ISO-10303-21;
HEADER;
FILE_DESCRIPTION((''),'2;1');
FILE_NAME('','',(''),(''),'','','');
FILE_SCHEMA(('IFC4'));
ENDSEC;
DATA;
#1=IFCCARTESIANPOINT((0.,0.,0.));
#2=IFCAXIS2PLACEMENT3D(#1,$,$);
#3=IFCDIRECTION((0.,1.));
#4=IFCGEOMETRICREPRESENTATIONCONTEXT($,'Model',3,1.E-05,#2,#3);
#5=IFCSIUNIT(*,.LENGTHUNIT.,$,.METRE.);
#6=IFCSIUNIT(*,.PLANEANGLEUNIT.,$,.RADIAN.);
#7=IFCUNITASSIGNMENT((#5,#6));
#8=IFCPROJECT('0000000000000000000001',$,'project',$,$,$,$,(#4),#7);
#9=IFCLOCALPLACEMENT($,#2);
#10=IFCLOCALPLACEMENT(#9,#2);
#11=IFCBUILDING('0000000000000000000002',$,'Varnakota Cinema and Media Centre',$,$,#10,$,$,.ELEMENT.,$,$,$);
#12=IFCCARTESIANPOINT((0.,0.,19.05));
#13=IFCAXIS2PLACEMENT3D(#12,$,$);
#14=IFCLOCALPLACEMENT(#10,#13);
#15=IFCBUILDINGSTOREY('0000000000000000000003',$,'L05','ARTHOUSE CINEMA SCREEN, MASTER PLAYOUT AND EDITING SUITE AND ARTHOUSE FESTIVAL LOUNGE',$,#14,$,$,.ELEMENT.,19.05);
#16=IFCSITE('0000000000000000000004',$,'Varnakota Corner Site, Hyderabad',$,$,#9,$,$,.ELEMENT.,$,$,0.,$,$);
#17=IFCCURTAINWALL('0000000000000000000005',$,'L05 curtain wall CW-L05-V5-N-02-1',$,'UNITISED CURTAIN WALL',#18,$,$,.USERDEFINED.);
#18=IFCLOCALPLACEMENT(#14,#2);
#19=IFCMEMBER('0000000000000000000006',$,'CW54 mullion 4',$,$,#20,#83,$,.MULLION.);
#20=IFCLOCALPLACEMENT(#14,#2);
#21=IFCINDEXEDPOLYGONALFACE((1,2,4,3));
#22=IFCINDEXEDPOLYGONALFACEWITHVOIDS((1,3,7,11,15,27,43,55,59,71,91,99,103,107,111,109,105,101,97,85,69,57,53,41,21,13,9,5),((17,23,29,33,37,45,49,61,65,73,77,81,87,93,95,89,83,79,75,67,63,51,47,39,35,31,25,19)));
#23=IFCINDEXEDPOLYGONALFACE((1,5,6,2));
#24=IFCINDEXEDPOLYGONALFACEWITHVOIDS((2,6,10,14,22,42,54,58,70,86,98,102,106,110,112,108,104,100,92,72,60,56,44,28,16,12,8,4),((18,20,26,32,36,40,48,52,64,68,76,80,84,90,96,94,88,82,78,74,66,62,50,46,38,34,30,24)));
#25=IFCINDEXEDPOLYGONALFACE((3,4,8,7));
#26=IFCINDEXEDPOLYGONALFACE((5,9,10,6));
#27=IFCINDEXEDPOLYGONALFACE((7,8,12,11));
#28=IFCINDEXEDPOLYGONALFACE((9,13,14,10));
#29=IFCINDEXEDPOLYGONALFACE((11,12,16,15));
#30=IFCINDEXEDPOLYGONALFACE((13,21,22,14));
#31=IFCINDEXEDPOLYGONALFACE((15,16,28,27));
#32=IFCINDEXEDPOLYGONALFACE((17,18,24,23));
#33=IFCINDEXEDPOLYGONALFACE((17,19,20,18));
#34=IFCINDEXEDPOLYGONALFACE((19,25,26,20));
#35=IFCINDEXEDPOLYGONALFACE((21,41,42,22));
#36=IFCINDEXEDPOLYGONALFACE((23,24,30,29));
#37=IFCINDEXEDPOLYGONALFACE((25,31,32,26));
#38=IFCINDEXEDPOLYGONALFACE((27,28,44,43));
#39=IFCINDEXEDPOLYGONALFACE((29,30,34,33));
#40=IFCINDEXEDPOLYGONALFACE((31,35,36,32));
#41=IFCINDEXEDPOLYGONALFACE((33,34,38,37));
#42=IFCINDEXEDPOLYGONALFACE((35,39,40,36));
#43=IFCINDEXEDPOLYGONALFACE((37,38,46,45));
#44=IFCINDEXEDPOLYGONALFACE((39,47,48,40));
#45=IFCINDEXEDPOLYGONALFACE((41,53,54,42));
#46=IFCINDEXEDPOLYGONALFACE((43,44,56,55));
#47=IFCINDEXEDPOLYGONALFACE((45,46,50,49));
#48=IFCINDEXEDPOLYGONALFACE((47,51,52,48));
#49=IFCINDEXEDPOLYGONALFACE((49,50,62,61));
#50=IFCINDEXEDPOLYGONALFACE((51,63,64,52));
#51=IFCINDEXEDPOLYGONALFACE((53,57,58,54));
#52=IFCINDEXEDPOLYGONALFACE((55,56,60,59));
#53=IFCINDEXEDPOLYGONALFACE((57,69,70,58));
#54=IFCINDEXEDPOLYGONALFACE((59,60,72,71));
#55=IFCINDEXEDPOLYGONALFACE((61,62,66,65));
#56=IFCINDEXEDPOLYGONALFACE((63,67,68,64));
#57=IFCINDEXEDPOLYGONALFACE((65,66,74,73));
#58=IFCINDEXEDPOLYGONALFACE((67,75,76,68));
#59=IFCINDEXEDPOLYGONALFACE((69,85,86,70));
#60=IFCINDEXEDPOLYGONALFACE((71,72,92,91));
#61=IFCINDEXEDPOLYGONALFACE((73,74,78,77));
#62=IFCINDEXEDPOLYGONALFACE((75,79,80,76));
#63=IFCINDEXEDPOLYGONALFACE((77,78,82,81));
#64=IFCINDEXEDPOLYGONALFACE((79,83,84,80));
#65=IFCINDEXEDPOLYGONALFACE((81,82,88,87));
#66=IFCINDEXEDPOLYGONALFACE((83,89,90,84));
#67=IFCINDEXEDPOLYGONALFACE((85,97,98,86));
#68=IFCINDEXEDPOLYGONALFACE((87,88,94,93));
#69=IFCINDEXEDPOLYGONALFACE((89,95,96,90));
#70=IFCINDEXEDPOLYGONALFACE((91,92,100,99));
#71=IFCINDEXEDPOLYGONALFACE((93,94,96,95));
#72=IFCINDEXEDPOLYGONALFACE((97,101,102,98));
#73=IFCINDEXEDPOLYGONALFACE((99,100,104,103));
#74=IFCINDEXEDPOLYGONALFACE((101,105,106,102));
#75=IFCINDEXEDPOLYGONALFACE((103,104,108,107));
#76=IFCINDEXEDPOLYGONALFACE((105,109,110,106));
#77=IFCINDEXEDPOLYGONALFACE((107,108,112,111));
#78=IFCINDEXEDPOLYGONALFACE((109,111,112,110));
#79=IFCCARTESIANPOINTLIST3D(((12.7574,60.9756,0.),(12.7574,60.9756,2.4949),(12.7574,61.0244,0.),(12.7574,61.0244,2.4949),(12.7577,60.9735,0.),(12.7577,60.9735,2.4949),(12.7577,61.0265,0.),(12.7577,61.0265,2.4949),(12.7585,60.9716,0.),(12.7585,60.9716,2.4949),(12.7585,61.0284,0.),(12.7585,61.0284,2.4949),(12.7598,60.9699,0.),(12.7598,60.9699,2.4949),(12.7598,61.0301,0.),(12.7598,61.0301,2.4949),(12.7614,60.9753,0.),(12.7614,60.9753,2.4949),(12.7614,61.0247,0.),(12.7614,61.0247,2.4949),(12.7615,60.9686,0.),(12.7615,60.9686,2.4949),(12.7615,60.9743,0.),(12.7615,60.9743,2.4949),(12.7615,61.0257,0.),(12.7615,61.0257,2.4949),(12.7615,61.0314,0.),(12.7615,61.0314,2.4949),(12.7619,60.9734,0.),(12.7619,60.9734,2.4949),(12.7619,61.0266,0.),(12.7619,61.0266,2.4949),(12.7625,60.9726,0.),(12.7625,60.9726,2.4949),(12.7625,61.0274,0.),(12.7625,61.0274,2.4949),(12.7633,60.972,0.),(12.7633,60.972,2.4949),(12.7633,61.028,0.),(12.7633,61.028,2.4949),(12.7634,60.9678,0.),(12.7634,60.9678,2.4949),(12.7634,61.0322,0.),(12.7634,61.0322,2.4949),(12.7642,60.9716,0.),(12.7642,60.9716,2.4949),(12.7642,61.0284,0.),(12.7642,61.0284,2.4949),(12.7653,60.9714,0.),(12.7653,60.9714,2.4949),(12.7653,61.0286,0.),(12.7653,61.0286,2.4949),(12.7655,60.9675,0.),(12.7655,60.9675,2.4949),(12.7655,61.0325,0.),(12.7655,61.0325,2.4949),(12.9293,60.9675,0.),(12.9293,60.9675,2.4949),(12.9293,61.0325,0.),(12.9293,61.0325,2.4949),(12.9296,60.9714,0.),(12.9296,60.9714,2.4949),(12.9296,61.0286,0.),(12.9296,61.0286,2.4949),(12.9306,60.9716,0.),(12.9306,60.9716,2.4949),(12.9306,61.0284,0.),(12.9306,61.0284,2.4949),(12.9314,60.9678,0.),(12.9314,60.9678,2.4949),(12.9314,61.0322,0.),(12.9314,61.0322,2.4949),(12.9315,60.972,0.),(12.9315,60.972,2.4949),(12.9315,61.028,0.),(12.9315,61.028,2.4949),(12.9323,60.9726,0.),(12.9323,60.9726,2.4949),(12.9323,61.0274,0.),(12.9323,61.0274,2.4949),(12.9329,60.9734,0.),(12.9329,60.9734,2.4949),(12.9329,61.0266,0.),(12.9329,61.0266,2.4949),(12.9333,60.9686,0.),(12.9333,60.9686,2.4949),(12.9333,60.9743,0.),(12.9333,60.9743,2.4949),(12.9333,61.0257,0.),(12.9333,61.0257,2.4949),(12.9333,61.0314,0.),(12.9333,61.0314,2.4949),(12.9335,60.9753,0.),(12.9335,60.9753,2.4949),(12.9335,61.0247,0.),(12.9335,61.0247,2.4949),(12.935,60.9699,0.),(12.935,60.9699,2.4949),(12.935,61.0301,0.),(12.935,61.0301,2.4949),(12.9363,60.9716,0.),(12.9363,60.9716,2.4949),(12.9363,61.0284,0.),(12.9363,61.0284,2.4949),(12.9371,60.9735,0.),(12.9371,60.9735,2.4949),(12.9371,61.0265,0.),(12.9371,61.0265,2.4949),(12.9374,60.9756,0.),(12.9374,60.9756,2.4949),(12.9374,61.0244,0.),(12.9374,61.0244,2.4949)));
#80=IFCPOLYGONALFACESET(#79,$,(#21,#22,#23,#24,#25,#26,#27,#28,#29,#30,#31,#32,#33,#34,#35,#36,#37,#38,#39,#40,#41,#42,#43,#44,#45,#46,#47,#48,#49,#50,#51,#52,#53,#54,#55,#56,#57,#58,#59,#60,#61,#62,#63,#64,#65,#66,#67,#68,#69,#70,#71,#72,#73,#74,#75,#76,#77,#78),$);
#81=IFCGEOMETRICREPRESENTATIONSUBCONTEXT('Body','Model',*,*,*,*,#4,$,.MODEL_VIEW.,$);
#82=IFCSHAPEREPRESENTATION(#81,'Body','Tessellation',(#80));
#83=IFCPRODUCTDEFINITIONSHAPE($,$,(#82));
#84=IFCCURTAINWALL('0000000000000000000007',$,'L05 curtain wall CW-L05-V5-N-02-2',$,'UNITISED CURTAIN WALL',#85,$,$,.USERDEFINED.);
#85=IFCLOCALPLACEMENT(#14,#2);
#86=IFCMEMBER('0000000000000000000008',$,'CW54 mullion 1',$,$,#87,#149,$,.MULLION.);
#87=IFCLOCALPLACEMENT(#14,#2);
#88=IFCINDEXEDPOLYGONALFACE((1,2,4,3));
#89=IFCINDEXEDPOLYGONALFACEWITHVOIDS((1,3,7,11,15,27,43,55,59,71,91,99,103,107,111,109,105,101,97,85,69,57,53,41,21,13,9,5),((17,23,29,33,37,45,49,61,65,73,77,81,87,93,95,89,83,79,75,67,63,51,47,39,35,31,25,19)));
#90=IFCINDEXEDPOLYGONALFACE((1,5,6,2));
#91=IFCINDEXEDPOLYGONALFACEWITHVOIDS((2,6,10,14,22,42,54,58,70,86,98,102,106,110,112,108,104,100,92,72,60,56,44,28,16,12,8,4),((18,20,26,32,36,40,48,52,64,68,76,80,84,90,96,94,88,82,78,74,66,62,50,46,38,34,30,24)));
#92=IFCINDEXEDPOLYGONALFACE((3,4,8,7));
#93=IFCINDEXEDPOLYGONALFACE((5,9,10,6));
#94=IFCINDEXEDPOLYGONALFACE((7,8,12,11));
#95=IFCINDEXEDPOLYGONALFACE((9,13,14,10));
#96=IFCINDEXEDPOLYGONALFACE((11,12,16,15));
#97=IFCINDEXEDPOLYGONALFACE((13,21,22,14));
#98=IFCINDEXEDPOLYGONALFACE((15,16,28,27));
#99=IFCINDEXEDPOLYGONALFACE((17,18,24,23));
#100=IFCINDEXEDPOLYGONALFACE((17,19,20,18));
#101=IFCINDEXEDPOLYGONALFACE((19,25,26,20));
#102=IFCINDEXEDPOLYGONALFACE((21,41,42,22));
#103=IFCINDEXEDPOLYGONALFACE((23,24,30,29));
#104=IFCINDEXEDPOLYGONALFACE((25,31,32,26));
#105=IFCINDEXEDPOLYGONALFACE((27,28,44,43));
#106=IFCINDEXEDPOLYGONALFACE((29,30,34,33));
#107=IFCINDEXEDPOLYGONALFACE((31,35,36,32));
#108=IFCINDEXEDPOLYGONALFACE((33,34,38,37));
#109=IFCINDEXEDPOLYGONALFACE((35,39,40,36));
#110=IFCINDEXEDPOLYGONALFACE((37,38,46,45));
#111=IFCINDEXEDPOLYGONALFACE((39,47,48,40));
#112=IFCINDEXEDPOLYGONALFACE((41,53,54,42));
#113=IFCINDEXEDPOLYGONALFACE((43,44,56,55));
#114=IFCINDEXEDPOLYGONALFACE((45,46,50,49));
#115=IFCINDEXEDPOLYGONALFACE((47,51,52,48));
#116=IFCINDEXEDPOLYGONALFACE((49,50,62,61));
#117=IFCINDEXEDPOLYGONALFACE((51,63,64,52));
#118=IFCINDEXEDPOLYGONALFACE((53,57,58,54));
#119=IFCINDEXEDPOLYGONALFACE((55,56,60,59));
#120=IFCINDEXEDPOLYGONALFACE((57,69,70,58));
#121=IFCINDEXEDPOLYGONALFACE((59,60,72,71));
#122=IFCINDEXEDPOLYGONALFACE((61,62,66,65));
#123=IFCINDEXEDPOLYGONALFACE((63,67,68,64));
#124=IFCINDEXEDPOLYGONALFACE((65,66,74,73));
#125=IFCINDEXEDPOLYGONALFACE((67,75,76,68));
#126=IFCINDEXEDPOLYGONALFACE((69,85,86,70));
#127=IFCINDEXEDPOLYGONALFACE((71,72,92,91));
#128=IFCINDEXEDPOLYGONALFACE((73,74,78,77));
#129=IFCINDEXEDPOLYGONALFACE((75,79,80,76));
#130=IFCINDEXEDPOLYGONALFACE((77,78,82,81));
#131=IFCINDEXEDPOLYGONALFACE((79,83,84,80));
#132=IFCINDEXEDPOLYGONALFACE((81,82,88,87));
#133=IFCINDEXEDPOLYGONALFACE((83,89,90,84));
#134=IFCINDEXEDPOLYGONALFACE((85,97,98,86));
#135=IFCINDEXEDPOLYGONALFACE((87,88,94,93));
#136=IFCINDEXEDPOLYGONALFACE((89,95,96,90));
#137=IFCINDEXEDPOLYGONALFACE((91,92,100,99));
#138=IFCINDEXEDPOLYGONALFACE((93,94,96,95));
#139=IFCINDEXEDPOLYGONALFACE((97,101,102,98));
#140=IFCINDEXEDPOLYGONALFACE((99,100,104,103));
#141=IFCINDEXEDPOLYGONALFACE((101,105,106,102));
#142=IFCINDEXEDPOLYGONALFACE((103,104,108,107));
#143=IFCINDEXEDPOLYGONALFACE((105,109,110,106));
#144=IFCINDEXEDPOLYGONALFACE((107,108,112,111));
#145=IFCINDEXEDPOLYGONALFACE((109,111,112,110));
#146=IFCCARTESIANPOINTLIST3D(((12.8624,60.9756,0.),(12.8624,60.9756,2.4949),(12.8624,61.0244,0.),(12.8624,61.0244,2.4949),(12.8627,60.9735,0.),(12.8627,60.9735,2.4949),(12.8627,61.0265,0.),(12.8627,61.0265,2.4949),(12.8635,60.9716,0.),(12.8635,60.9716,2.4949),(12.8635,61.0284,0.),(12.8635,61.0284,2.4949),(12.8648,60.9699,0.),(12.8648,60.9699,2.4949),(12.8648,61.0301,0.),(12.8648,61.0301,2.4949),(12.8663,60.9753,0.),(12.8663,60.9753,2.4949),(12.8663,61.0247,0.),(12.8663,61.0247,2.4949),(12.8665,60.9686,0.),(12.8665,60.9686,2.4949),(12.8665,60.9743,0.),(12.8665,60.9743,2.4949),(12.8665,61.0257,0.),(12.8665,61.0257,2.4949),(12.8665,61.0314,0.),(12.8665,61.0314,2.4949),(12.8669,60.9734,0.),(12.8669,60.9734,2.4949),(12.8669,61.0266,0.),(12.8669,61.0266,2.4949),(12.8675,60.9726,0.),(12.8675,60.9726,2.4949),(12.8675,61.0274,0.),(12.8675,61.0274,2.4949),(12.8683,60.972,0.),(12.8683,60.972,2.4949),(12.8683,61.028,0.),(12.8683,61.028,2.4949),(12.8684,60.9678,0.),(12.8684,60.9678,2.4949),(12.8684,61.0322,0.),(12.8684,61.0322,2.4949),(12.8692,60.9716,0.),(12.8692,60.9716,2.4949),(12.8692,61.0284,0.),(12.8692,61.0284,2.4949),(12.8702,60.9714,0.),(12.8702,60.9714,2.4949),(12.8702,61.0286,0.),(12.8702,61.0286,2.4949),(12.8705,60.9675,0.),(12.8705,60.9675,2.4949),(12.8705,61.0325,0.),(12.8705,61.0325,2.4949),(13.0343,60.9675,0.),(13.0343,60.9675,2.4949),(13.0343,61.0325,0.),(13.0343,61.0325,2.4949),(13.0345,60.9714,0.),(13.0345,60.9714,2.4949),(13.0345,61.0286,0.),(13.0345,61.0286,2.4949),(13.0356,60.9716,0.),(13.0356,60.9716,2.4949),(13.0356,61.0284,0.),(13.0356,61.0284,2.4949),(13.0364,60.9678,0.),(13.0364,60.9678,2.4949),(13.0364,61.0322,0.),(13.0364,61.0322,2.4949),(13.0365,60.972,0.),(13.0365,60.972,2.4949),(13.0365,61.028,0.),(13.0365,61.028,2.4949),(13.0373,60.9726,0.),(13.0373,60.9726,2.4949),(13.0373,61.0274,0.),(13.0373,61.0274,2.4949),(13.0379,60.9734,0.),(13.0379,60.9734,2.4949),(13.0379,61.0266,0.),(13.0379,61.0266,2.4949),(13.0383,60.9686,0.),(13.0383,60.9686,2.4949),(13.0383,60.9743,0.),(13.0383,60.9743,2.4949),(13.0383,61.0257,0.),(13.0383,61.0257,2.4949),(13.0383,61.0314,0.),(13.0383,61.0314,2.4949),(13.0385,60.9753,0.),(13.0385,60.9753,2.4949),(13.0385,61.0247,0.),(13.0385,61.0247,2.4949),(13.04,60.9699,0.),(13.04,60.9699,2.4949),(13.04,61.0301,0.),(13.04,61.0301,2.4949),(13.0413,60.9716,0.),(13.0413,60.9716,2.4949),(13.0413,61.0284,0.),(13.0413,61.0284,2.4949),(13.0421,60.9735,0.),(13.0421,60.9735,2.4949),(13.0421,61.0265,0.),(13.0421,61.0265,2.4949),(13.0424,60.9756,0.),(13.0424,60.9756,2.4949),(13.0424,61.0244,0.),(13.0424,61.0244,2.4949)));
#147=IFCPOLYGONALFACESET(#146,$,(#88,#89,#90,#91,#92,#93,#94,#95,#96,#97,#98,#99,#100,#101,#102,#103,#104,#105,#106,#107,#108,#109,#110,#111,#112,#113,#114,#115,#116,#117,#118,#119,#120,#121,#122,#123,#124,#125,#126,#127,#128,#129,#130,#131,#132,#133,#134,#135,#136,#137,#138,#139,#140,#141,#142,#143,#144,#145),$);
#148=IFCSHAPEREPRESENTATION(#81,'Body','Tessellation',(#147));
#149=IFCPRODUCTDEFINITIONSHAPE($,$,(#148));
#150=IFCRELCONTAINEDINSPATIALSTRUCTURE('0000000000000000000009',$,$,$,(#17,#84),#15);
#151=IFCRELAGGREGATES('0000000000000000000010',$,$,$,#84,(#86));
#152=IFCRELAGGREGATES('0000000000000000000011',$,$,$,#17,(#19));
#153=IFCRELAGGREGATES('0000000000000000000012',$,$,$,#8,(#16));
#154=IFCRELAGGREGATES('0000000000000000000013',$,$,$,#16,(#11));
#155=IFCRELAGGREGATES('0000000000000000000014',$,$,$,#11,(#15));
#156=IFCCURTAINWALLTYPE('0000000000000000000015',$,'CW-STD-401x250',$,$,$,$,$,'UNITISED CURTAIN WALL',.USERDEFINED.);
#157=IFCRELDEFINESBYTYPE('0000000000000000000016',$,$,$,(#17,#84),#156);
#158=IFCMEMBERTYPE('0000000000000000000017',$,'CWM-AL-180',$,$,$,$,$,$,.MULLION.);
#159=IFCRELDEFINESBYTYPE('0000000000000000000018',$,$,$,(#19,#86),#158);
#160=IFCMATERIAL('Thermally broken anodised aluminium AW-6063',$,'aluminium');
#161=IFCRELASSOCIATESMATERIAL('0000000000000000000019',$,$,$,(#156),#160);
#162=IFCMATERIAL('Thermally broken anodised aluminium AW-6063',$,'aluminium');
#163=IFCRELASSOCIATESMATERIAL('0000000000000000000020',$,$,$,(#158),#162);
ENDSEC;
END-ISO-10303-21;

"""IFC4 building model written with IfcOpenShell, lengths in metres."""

from ifc_helpers import new_model, si_unit, direction, frame, origin, origin_2d, place, context, subcontext, project, spatial, hollow_rectangle, extrude, material, material_profile, profile_set, type_object, element, aggregate, save


model = new_model("IFC4")

# Units and contexts
model_context = context("Model", 3, precision=1e-05, world=origin(), true_north=direction((0.0, 1.0)))
body_context = subcontext(model_context, "Body", "Model", "MODEL_VIEW")
ifc_project = project(units=[si_unit("LENGTHUNIT", "METRE"), si_unit("PLANEANGLEUNIT", "RADIAN")], contexts=[model_context])

# Site, building, storey
site_placement = place(None, origin())
site = spatial("IfcSite", under=ifc_project, at=site_placement, Name="Varnakota Corner Site, Hyderabad", CompositionType="ELEMENT", RefElevation=0.0)
building_placement = place(site_placement, origin())
building = spatial("IfcBuilding", under=site, at=building_placement, Name="Varnakota Cinema and Media Centre", CompositionType="ELEMENT")
storey_placement = place(building_placement, frame((0.0, 0.0, 19.05)))
storey = spatial("IfcBuildingStorey", under=building, at=storey_placement, Name="L05", Description="ARTHOUSE CINEMA SCREEN, MASTER PLAYOUT AND EDITING SUITE AND ARTHOUSE FESTIVAL LOUNGE", CompositionType="ELEMENT", Elevation=19.05)

# Curtain wall, member
ifc_material_1 = material(Name="Thermally broken anodised aluminium AW-6063", Category="aluminium")
curtain_wall_type = type_object("IfcCurtainWallType", Name="CW-STD-401x250", ElementType="UNITISED CURTAIN WALL", PredefinedType="USERDEFINED", material=ifc_material_1)
curtain_wall_1_placement = place(storey_placement, origin())
curtain_wall_1 = element("IfcCurtainWall", 1, at=curtain_wall_1_placement, inside=storey, type_object=curtain_wall_type, Name="L05 curtain wall CW-L05-V5-N-02-1", ObjectType="UNITISED CURTAIN WALL", PredefinedType="USERDEFINED")
ifc_material_2 = material(Name="Thermally broken anodised aluminium AW-6063", Category="aluminium")
ifc_material_profile_1 = material_profile(ifc_material_2, hollow_rectangle(XDim=0.0649, YDim=0.1799, WallThickness=0.0039, InnerFilletRadius=0.0039, OuterFilletRadius=0.0081, at=origin_2d()), Name="AL-MULLION 180x65x4")
ifc_profile_set_1 = profile_set([ifc_material_profile_1], Name="Thermally broken anodised aluminium AW-6063")
member_type_1 = type_object("IfcMemberType", Name="CWM-AL-180", PredefinedType="MULLION", material=ifc_profile_set_1)
member_1_placement = place(storey_placement, frame((12.8474, 61.0, 0.0), z_axis=(0.0, 0.0, 1.0), x_axis=(0.0, 1.0, 0.0)))
member_1 = element("IfcMember", 2, at=member_1_placement, type_object=member_type_1, Name="CW54 mullion 4", PredefinedType="MULLION", context=body_context, shape_type="SweptSolid", body=[
    extrude(hollow_rectangle(XDim=0.0649, YDim=0.1799, WallThickness=0.0039, InnerFilletRadius=0.0039, OuterFilletRadius=0.0081, at=origin_2d()), origin(), (0.0, 0.0, 1.0), 2.4949),
])

# Curtain wall, member
curtain_wall_2_placement = place(storey_placement, origin())
curtain_wall_2 = element("IfcCurtainWall", 3, at=curtain_wall_2_placement, inside=storey, type_object=curtain_wall_type, Name="L05 curtain wall CW-L05-V5-N-02-2", ObjectType="UNITISED CURTAIN WALL", PredefinedType="USERDEFINED")
member_2_placement = place(storey_placement, frame((12.9524, 61.0, 0.0), z_axis=(0.0, 0.0, 1.0), x_axis=(0.0, 1.0, 0.0)))
member_2 = element("IfcMember", 4, at=member_2_placement, type_object=member_type_1, Name="CW54 mullion 1", PredefinedType="MULLION", context=body_context, shape_type="SweptSolid", body=[
    extrude(hollow_rectangle(XDim=0.0649, YDim=0.1799, WallThickness=0.0039, InnerFilletRadius=0.0039, OuterFilletRadius=0.0081, at=origin_2d()), origin(), (0.0, 0.0, 1.0), 2.4949),
])

aggregate(curtain_wall_2, [member_2])

aggregate(curtain_wall_1, [member_1])

save(model, "model.ifc")
